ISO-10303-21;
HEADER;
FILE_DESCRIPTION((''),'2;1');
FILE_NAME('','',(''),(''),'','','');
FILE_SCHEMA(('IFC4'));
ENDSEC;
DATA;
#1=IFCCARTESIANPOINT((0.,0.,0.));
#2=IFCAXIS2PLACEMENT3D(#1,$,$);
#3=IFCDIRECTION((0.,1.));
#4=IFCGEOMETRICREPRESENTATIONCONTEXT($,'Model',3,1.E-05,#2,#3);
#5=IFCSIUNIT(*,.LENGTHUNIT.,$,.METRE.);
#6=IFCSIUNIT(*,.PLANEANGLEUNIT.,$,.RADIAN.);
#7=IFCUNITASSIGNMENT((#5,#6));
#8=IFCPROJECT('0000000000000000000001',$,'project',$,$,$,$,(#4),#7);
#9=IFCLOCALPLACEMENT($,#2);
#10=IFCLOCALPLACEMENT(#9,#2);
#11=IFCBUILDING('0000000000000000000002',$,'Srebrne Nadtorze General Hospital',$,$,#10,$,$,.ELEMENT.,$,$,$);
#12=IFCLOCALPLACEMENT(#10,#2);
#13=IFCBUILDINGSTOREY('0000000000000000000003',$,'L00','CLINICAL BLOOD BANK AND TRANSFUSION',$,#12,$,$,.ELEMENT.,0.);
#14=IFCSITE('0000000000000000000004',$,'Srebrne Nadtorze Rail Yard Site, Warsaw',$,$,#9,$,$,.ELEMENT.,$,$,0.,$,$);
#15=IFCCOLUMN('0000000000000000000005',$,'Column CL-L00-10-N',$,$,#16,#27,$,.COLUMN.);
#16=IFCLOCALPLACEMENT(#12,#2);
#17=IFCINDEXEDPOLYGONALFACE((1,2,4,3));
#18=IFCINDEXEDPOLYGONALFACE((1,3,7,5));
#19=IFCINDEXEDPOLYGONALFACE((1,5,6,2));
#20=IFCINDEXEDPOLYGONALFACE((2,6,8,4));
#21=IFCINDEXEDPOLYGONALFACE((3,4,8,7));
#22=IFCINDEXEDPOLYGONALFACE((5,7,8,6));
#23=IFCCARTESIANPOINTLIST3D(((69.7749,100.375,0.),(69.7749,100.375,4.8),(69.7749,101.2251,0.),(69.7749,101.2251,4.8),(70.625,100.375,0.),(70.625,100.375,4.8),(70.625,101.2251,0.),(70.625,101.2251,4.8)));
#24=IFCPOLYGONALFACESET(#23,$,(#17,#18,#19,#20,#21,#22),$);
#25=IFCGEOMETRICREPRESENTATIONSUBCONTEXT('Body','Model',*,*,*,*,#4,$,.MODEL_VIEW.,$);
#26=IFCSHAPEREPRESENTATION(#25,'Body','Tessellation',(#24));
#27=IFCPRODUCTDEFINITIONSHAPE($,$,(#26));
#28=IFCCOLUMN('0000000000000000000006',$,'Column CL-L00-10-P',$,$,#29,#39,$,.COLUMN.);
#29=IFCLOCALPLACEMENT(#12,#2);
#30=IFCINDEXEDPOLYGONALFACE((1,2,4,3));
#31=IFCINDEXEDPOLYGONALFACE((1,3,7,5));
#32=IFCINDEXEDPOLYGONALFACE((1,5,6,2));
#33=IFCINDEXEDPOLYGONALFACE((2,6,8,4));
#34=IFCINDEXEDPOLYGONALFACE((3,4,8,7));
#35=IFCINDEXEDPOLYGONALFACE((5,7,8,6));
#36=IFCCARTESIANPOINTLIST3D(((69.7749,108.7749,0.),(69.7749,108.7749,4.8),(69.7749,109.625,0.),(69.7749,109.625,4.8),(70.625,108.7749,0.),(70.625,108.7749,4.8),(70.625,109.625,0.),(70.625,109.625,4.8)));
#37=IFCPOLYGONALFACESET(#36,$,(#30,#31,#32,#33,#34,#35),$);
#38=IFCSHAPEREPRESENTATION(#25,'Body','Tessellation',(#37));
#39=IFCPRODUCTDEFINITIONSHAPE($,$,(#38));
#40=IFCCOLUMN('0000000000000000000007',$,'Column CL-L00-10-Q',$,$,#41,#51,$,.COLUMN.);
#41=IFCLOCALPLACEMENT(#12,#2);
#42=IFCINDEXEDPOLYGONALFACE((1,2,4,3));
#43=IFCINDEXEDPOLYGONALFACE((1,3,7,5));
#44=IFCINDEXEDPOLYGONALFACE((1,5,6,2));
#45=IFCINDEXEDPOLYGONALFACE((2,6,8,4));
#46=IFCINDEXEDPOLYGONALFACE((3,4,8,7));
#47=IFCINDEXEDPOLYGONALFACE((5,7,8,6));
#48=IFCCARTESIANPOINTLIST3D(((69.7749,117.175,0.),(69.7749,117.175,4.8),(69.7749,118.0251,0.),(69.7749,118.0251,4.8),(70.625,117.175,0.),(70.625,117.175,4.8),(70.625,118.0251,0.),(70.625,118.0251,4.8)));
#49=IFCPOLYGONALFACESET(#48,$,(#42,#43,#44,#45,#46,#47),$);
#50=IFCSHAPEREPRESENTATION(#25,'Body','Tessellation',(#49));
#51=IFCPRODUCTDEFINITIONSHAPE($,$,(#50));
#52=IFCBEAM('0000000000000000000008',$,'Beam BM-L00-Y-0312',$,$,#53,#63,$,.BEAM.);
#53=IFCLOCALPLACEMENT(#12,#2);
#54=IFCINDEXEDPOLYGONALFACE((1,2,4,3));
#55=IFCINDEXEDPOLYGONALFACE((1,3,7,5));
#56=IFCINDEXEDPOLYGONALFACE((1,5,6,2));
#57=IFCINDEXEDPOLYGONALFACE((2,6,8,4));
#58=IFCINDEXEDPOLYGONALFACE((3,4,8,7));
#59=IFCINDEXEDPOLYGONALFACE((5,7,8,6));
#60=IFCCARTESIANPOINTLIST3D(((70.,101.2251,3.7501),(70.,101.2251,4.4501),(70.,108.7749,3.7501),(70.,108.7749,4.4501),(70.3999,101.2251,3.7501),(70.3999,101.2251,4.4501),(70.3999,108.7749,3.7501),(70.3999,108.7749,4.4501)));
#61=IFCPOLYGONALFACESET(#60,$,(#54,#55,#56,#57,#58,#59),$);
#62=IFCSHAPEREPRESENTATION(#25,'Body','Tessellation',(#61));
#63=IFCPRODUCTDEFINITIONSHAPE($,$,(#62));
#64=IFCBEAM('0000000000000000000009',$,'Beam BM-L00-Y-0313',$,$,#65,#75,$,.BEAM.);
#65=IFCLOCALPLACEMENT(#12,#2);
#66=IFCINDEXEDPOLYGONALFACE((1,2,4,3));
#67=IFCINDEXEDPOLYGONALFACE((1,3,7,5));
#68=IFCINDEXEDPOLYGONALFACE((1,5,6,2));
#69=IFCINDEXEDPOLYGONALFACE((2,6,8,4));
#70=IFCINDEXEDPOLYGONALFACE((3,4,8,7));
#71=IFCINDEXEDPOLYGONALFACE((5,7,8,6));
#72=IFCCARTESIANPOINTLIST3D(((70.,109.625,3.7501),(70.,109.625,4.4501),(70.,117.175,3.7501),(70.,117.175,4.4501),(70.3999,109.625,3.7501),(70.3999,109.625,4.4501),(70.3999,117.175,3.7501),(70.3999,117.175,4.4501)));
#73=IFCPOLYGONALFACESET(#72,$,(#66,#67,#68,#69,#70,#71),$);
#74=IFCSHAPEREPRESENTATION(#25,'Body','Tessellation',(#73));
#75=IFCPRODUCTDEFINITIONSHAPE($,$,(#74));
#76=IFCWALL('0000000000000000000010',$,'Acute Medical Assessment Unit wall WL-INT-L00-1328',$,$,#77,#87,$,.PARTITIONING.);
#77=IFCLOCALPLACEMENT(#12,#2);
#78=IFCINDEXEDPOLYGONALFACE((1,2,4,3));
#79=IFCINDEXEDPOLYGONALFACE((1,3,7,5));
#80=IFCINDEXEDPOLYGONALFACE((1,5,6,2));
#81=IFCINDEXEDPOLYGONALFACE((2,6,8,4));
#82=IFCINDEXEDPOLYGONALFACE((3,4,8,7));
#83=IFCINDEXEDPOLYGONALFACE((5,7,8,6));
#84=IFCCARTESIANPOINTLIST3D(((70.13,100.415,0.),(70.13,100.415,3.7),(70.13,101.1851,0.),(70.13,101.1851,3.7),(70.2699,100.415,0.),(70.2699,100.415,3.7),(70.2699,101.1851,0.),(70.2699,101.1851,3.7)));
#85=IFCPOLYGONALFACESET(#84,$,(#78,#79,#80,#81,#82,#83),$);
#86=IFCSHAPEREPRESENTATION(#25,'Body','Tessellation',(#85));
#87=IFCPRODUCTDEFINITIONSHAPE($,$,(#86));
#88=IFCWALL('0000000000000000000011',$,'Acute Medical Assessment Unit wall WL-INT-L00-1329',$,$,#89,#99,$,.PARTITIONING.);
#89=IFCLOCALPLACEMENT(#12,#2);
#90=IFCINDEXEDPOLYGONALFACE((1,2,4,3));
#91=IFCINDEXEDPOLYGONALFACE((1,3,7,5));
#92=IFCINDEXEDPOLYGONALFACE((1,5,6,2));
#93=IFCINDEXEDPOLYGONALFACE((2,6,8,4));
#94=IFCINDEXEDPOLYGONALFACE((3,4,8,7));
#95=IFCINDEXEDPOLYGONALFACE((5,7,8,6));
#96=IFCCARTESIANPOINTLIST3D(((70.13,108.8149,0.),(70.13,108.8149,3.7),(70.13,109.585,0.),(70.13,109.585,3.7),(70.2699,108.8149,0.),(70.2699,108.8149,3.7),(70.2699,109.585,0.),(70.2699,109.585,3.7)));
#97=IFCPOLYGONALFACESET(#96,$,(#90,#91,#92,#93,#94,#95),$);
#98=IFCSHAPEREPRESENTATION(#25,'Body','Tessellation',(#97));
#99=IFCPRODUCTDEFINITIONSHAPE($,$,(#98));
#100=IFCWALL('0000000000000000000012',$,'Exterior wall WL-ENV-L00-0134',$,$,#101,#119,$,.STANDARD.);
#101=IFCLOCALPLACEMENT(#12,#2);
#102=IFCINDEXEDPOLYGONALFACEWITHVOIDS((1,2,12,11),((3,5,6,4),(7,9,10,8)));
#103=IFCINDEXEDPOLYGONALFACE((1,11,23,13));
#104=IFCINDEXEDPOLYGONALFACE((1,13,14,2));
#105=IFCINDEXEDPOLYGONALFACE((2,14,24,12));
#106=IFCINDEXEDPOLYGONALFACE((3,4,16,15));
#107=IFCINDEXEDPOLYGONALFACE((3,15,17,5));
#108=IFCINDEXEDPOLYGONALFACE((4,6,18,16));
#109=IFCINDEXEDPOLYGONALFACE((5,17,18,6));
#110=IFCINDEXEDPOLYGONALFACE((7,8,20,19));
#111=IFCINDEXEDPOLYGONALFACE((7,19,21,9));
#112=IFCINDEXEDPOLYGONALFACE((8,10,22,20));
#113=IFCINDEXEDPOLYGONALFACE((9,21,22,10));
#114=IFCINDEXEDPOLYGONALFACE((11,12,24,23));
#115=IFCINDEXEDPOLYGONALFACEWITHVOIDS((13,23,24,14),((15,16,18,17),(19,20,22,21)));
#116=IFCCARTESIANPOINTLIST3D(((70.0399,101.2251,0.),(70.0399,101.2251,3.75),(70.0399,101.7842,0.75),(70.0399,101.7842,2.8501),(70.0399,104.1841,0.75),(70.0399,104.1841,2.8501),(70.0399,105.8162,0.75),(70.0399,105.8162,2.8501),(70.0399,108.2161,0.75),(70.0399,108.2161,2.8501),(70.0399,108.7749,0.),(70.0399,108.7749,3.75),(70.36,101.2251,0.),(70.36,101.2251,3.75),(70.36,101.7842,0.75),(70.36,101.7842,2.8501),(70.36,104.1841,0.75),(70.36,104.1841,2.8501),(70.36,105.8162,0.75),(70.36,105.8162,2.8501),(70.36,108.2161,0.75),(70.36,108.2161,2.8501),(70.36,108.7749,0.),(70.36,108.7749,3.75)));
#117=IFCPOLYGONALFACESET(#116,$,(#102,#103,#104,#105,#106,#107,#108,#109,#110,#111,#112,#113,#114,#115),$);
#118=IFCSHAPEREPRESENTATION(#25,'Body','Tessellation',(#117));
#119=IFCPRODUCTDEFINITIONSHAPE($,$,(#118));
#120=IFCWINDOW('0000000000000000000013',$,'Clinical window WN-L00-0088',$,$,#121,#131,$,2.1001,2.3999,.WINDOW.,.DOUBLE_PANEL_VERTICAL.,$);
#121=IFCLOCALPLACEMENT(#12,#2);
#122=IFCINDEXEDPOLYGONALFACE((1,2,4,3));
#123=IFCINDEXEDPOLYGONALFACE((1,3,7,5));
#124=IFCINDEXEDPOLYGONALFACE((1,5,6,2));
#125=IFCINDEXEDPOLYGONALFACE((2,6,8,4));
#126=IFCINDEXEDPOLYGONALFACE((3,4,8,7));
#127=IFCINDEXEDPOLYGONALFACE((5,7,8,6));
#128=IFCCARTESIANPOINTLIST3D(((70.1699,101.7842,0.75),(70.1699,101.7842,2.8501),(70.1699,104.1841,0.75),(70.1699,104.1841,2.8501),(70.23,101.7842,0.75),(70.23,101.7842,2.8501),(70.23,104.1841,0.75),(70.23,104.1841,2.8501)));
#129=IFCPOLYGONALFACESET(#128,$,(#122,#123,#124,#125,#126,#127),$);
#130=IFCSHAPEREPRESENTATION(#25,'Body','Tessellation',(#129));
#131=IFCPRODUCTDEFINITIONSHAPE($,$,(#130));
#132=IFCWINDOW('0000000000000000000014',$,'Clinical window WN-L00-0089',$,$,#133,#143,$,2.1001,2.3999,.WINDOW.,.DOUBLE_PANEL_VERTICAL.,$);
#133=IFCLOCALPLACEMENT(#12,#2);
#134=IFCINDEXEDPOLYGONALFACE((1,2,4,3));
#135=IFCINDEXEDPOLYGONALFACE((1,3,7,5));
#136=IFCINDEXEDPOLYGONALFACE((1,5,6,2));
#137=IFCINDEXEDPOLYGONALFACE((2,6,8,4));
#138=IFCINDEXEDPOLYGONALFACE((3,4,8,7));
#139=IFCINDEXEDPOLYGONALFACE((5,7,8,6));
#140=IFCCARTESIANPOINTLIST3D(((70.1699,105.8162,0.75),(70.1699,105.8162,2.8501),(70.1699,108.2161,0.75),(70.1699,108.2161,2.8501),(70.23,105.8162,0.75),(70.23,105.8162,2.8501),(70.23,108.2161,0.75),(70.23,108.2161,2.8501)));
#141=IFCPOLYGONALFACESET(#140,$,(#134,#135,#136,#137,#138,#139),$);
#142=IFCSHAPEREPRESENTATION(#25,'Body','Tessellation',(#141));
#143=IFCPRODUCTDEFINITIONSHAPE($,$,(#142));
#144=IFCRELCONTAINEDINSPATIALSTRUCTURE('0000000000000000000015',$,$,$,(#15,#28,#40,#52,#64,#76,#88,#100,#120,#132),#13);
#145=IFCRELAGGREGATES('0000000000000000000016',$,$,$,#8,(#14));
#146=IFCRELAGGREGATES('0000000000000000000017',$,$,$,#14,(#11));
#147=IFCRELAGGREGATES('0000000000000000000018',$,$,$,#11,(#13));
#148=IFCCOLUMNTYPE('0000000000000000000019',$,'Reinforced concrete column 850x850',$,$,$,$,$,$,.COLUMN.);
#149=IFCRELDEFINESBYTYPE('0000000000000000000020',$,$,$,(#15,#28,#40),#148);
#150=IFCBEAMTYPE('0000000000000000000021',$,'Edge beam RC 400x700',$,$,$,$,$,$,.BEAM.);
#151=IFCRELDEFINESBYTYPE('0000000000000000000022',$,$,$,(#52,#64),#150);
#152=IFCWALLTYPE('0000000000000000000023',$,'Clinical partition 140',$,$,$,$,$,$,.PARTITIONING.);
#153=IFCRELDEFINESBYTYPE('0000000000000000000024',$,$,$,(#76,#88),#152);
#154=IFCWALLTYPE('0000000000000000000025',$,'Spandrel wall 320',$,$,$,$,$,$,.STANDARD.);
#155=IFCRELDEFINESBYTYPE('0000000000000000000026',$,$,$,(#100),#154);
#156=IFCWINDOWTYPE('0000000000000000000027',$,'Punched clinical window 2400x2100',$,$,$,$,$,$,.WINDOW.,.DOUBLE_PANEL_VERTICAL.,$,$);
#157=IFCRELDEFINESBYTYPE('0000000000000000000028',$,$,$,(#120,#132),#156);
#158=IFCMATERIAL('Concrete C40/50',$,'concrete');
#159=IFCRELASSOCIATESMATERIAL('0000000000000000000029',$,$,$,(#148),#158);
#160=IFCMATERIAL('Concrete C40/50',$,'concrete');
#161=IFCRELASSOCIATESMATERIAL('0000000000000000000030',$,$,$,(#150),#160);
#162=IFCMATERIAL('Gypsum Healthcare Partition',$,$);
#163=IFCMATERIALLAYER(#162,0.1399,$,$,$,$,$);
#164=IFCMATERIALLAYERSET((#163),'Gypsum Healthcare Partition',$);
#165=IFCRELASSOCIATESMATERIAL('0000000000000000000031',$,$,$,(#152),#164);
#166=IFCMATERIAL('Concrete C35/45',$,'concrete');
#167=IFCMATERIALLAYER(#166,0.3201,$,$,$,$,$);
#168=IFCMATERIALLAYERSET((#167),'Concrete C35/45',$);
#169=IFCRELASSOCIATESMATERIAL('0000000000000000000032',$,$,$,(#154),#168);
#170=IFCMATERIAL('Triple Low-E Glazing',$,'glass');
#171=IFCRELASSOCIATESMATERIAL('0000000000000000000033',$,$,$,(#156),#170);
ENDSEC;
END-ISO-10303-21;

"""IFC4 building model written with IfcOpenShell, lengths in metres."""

from ifc_helpers import new_model, si_unit, direction, frame, frame_2d, origin, origin_2d, place, context, subcontext, project, spatial, rectangle, extrude, material, layer, layer_set, material_profile, profile_set, type_object, element, fill, save


model = new_model("IFC4")

# Units and contexts
model_context = context("Model", 3, precision=1e-05, world=origin(), true_north=direction((0.0, 1.0)))
body_context = subcontext(model_context, "Body", "Model", "MODEL_VIEW")
ifc_project = project(units=[si_unit("LENGTHUNIT", "METRE"), si_unit("PLANEANGLEUNIT", "RADIAN")], contexts=[model_context])

# Site, building, storey
site_placement = place(None, origin())
site = spatial("IfcSite", under=ifc_project, at=site_placement, Name="Srebrne Nadtorze Rail Yard Site, Warsaw", CompositionType="ELEMENT", RefElevation=0.0)
building_placement = place(site_placement, origin())
building = spatial("IfcBuilding", under=site, at=building_placement, Name="Srebrne Nadtorze General Hospital", CompositionType="ELEMENT")
storey_placement = place(building_placement, origin())
storey = spatial("IfcBuildingStorey", under=building, at=storey_placement, Name="L00", Description="CLINICAL BLOOD BANK AND TRANSFUSION", CompositionType="ELEMENT", Elevation=0.0)

# Columns
ifc_material_1 = material(Name="Concrete C40/50", Category="concrete")
ifc_material_profile_1 = material_profile(ifc_material_1, rectangle(XDim=0.8501, YDim=0.8501, at=origin_2d()), Name="RC-COL-850x850")
ifc_profile_set_1 = profile_set([ifc_material_profile_1], Name="Concrete C40/50")
column_type = type_object("IfcColumnType", Name="Reinforced concrete column 850x850", PredefinedType="COLUMN", material=ifc_profile_set_1)
for number, where, z_axis, x_axis, name in (
    (1, (70.2, 100.8, 0.0), (0.0, 0.0, 1.0), (1.0, 0.0, 0.0), "Column CL-L00-10-N"),
    (2, (70.2, 109.2, 0.0), (0.0, 0.0, 1.0), (1.0, 0.0, 0.0), "Column CL-L00-10-P"),
    (3, (70.2, 117.6001, 0.0), (0.0, 0.0, 1.0), (1.0, 0.0, 0.0), "Column CL-L00-10-Q"),
):
    element("IfcColumn", number, at=place(storey_placement, frame(where, z_axis=z_axis, x_axis=x_axis)), inside=storey, type_object=column_type, Name=name, PredefinedType="COLUMN", context=body_context, shape_type="SweptSolid", body=[
        extrude(rectangle(XDim=0.8501, YDim=0.8501, at=origin_2d()), origin(), (0.0, 0.0, 1.0), 4.8),
    ])

# Beams
ifc_material_2 = material(Name="Concrete C40/50", Category="concrete")
ifc_material_profile_2 = material_profile(ifc_material_2, rectangle(XDim=0.3999, YDim=0.7, at=origin_2d()), Name="RC-BM-400x700")
ifc_profile_set_2 = profile_set([ifc_material_profile_2], Name="Concrete C40/50")
beam_type = type_object("IfcBeamType", Name="Edge beam RC 400x700", PredefinedType="BEAM", material=ifc_profile_set_2)
beam_1_placement = place(storey_placement, frame((70.2, 101.2251, 4.1001), z_axis=(0.0, 1.0, 0.0), x_axis=(-1.0, 0.0, 0.0)))
element("IfcBeam", 4, at=beam_1_placement, inside=storey, type_object=beam_type, Name="Beam BM-L00-Y-0312", PredefinedType="BEAM", context=body_context, shape_type="SweptSolid", body=[
    extrude(rectangle(XDim=0.3999, YDim=0.7, at=origin_2d()), origin(), (0.0, 0.0, 1.0), 7.5498),
])
beam_2_placement = place(storey_placement, frame((70.2, 109.625, 4.1001), z_axis=(0.0, 1.0, 0.0), x_axis=(-1.0, 0.0, 0.0)))
element("IfcBeam", 5, at=beam_2_placement, inside=storey, type_object=beam_type, Name="Beam BM-L00-Y-0313", PredefinedType="BEAM", context=body_context, shape_type="SweptSolid", body=[
    extrude(rectangle(XDim=0.3999, YDim=0.7, at=origin_2d()), origin(), (0.0, 0.0, 1.0), 7.55),
])

# Walls
ifc_material_3 = material(Name="Gypsum Healthcare Partition")
ifc_layer_1 = layer(ifc_material_3, 0.1399)
ifc_layer_set_1 = layer_set([ifc_layer_1], Name="Gypsum Healthcare Partition")
wall_type_1 = type_object("IfcWallType", Name="Clinical partition 140", PredefinedType="PARTITIONING", material=ifc_layer_set_1)
for number, where, z_axis, x_axis, name in (
    (6, (70.2, 100.415, 0.0), (0.0, 0.0, 1.0), (0.0, 1.0, 0.0), "Acute Medical Assessment Unit wall WL-INT-L00-1328"),
    (7, (70.2, 108.8149, 0.0), (0.0, 0.0, 1.0), (0.0, 1.0, 0.0), "Acute Medical Assessment Unit wall WL-INT-L00-1329"),
):
    element("IfcWall", number, at=place(storey_placement, frame(where, z_axis=z_axis, x_axis=x_axis)), inside=storey, type_object=wall_type_1, Name=name, PredefinedType="PARTITIONING", context=body_context, shape_type="SweptSolid", body=[
        extrude(rectangle(XDim=0.77, YDim=0.1399, at=frame_2d((0.385, 0.0))), origin(), (0.0, 0.0, 1.0), 3.7),
    ])

# Wall, openings, windows
ifc_material_4 = material(Name="Concrete C35/45", Category="concrete")
ifc_layer_2 = layer(ifc_material_4, 0.3201)
ifc_layer_set_2 = layer_set([ifc_layer_2], Name="Concrete C35/45")
wall_type_2 = type_object("IfcWallType", Name="Spandrel wall 320", PredefinedType="STANDARD", material=ifc_layer_set_2)
wall_1_placement = place(storey_placement, frame((70.2, 101.2251, 0.0), z_axis=(0.0, 0.0, 1.0), x_axis=(0.0, 1.0, 0.0)))
wall_1 = element("IfcWall", 8, at=wall_1_placement, inside=storey, type_object=wall_type_2, Name="Exterior wall WL-ENV-L00-0134", PredefinedType="STANDARD", context=body_context, shape_type="SweptSolid", body=[
    extrude(rectangle(XDim=7.5498, YDim=0.3201, at=frame_2d((3.7749, 0.0))), origin(), (0.0, 0.0, 1.0), 3.75),
])
opening_1_placement = place(wall_1_placement, frame((0.5591, 0.0, 0.75)))
opening_1 = element("IfcOpeningElement", 9, at=opening_1_placement, cuts=wall_1, PredefinedType="OPENING", context=body_context, shape_type="SweptSolid", body=[
    extrude(rectangle(XDim=2.3999, YDim=2.1001, at=frame_2d((1.2, 1.05))), frame((0.0, 0.1719, 0.0), z_axis=(0.0, -1.0, 0.0), x_axis=(1.0, 0.0, 0.0)), (0.0, 0.0, 1.0), 0.344),
])
opening_2_placement = place(wall_1_placement, frame((4.5911, 0.0, 0.75)))
opening_2 = element("IfcOpeningElement", 10, at=opening_2_placement, cuts=wall_1, PredefinedType="OPENING", context=body_context, shape_type="SweptSolid", body=[
    extrude(rectangle(XDim=2.3999, YDim=2.1001, at=frame_2d((1.2, 1.05))), frame((0.0, 0.1719, 0.0), z_axis=(0.0, -1.0, 0.0), x_axis=(1.0, 0.0, 0.0)), (0.0, 0.0, 1.0), 0.344),
])
ifc_material_5 = material(Name="Triple Low-E Glazing", Category="glass")
window_type_1 = type_object("IfcWindowType", Name="Punched clinical window 2400x2100", PartitioningType="DOUBLE_PANEL_VERTICAL", PredefinedType="WINDOW", material=ifc_material_5)
window_1_placement = place(opening_1_placement, origin())
window_1 = element("IfcWindow", 11, at=window_1_placement, inside=storey, type_object=window_type_1, Name="Clinical window WN-L00-0088", OverallHeight=2.1001, OverallWidth=2.3999, PartitioningType="DOUBLE_PANEL_VERTICAL", PredefinedType="WINDOW", context=body_context, shape_type="SweptSolid", body=[
    extrude(rectangle(XDim=2.3999, YDim=2.1001, at=frame_2d((1.2, 1.05))), frame((0.0, 0.03, 0.0), z_axis=(0.0, -1.0, 0.0), x_axis=(1.0, 0.0, 0.0)), (0.0, 0.0, 1.0), 0.0601),
])
fill(opening_1, window_1)
window_2_placement = place(opening_2_placement, origin())
window_2 = element("IfcWindow", 12, at=window_2_placement, inside=storey, type_object=window_type_1, Name="Clinical window WN-L00-0089", OverallHeight=2.1001, OverallWidth=2.3999, PartitioningType="DOUBLE_PANEL_VERTICAL", PredefinedType="WINDOW", context=body_context, shape_type="SweptSolid", body=[
    extrude(rectangle(XDim=2.3999, YDim=2.1001, at=frame_2d((1.2, 1.05))), frame((0.0, 0.03, 0.0), z_axis=(0.0, -1.0, 0.0), x_axis=(1.0, 0.0, 0.0)), (0.0, 0.0, 1.0), 0.0601),
])
fill(opening_2, window_2)

save(model, "model.ifc")
